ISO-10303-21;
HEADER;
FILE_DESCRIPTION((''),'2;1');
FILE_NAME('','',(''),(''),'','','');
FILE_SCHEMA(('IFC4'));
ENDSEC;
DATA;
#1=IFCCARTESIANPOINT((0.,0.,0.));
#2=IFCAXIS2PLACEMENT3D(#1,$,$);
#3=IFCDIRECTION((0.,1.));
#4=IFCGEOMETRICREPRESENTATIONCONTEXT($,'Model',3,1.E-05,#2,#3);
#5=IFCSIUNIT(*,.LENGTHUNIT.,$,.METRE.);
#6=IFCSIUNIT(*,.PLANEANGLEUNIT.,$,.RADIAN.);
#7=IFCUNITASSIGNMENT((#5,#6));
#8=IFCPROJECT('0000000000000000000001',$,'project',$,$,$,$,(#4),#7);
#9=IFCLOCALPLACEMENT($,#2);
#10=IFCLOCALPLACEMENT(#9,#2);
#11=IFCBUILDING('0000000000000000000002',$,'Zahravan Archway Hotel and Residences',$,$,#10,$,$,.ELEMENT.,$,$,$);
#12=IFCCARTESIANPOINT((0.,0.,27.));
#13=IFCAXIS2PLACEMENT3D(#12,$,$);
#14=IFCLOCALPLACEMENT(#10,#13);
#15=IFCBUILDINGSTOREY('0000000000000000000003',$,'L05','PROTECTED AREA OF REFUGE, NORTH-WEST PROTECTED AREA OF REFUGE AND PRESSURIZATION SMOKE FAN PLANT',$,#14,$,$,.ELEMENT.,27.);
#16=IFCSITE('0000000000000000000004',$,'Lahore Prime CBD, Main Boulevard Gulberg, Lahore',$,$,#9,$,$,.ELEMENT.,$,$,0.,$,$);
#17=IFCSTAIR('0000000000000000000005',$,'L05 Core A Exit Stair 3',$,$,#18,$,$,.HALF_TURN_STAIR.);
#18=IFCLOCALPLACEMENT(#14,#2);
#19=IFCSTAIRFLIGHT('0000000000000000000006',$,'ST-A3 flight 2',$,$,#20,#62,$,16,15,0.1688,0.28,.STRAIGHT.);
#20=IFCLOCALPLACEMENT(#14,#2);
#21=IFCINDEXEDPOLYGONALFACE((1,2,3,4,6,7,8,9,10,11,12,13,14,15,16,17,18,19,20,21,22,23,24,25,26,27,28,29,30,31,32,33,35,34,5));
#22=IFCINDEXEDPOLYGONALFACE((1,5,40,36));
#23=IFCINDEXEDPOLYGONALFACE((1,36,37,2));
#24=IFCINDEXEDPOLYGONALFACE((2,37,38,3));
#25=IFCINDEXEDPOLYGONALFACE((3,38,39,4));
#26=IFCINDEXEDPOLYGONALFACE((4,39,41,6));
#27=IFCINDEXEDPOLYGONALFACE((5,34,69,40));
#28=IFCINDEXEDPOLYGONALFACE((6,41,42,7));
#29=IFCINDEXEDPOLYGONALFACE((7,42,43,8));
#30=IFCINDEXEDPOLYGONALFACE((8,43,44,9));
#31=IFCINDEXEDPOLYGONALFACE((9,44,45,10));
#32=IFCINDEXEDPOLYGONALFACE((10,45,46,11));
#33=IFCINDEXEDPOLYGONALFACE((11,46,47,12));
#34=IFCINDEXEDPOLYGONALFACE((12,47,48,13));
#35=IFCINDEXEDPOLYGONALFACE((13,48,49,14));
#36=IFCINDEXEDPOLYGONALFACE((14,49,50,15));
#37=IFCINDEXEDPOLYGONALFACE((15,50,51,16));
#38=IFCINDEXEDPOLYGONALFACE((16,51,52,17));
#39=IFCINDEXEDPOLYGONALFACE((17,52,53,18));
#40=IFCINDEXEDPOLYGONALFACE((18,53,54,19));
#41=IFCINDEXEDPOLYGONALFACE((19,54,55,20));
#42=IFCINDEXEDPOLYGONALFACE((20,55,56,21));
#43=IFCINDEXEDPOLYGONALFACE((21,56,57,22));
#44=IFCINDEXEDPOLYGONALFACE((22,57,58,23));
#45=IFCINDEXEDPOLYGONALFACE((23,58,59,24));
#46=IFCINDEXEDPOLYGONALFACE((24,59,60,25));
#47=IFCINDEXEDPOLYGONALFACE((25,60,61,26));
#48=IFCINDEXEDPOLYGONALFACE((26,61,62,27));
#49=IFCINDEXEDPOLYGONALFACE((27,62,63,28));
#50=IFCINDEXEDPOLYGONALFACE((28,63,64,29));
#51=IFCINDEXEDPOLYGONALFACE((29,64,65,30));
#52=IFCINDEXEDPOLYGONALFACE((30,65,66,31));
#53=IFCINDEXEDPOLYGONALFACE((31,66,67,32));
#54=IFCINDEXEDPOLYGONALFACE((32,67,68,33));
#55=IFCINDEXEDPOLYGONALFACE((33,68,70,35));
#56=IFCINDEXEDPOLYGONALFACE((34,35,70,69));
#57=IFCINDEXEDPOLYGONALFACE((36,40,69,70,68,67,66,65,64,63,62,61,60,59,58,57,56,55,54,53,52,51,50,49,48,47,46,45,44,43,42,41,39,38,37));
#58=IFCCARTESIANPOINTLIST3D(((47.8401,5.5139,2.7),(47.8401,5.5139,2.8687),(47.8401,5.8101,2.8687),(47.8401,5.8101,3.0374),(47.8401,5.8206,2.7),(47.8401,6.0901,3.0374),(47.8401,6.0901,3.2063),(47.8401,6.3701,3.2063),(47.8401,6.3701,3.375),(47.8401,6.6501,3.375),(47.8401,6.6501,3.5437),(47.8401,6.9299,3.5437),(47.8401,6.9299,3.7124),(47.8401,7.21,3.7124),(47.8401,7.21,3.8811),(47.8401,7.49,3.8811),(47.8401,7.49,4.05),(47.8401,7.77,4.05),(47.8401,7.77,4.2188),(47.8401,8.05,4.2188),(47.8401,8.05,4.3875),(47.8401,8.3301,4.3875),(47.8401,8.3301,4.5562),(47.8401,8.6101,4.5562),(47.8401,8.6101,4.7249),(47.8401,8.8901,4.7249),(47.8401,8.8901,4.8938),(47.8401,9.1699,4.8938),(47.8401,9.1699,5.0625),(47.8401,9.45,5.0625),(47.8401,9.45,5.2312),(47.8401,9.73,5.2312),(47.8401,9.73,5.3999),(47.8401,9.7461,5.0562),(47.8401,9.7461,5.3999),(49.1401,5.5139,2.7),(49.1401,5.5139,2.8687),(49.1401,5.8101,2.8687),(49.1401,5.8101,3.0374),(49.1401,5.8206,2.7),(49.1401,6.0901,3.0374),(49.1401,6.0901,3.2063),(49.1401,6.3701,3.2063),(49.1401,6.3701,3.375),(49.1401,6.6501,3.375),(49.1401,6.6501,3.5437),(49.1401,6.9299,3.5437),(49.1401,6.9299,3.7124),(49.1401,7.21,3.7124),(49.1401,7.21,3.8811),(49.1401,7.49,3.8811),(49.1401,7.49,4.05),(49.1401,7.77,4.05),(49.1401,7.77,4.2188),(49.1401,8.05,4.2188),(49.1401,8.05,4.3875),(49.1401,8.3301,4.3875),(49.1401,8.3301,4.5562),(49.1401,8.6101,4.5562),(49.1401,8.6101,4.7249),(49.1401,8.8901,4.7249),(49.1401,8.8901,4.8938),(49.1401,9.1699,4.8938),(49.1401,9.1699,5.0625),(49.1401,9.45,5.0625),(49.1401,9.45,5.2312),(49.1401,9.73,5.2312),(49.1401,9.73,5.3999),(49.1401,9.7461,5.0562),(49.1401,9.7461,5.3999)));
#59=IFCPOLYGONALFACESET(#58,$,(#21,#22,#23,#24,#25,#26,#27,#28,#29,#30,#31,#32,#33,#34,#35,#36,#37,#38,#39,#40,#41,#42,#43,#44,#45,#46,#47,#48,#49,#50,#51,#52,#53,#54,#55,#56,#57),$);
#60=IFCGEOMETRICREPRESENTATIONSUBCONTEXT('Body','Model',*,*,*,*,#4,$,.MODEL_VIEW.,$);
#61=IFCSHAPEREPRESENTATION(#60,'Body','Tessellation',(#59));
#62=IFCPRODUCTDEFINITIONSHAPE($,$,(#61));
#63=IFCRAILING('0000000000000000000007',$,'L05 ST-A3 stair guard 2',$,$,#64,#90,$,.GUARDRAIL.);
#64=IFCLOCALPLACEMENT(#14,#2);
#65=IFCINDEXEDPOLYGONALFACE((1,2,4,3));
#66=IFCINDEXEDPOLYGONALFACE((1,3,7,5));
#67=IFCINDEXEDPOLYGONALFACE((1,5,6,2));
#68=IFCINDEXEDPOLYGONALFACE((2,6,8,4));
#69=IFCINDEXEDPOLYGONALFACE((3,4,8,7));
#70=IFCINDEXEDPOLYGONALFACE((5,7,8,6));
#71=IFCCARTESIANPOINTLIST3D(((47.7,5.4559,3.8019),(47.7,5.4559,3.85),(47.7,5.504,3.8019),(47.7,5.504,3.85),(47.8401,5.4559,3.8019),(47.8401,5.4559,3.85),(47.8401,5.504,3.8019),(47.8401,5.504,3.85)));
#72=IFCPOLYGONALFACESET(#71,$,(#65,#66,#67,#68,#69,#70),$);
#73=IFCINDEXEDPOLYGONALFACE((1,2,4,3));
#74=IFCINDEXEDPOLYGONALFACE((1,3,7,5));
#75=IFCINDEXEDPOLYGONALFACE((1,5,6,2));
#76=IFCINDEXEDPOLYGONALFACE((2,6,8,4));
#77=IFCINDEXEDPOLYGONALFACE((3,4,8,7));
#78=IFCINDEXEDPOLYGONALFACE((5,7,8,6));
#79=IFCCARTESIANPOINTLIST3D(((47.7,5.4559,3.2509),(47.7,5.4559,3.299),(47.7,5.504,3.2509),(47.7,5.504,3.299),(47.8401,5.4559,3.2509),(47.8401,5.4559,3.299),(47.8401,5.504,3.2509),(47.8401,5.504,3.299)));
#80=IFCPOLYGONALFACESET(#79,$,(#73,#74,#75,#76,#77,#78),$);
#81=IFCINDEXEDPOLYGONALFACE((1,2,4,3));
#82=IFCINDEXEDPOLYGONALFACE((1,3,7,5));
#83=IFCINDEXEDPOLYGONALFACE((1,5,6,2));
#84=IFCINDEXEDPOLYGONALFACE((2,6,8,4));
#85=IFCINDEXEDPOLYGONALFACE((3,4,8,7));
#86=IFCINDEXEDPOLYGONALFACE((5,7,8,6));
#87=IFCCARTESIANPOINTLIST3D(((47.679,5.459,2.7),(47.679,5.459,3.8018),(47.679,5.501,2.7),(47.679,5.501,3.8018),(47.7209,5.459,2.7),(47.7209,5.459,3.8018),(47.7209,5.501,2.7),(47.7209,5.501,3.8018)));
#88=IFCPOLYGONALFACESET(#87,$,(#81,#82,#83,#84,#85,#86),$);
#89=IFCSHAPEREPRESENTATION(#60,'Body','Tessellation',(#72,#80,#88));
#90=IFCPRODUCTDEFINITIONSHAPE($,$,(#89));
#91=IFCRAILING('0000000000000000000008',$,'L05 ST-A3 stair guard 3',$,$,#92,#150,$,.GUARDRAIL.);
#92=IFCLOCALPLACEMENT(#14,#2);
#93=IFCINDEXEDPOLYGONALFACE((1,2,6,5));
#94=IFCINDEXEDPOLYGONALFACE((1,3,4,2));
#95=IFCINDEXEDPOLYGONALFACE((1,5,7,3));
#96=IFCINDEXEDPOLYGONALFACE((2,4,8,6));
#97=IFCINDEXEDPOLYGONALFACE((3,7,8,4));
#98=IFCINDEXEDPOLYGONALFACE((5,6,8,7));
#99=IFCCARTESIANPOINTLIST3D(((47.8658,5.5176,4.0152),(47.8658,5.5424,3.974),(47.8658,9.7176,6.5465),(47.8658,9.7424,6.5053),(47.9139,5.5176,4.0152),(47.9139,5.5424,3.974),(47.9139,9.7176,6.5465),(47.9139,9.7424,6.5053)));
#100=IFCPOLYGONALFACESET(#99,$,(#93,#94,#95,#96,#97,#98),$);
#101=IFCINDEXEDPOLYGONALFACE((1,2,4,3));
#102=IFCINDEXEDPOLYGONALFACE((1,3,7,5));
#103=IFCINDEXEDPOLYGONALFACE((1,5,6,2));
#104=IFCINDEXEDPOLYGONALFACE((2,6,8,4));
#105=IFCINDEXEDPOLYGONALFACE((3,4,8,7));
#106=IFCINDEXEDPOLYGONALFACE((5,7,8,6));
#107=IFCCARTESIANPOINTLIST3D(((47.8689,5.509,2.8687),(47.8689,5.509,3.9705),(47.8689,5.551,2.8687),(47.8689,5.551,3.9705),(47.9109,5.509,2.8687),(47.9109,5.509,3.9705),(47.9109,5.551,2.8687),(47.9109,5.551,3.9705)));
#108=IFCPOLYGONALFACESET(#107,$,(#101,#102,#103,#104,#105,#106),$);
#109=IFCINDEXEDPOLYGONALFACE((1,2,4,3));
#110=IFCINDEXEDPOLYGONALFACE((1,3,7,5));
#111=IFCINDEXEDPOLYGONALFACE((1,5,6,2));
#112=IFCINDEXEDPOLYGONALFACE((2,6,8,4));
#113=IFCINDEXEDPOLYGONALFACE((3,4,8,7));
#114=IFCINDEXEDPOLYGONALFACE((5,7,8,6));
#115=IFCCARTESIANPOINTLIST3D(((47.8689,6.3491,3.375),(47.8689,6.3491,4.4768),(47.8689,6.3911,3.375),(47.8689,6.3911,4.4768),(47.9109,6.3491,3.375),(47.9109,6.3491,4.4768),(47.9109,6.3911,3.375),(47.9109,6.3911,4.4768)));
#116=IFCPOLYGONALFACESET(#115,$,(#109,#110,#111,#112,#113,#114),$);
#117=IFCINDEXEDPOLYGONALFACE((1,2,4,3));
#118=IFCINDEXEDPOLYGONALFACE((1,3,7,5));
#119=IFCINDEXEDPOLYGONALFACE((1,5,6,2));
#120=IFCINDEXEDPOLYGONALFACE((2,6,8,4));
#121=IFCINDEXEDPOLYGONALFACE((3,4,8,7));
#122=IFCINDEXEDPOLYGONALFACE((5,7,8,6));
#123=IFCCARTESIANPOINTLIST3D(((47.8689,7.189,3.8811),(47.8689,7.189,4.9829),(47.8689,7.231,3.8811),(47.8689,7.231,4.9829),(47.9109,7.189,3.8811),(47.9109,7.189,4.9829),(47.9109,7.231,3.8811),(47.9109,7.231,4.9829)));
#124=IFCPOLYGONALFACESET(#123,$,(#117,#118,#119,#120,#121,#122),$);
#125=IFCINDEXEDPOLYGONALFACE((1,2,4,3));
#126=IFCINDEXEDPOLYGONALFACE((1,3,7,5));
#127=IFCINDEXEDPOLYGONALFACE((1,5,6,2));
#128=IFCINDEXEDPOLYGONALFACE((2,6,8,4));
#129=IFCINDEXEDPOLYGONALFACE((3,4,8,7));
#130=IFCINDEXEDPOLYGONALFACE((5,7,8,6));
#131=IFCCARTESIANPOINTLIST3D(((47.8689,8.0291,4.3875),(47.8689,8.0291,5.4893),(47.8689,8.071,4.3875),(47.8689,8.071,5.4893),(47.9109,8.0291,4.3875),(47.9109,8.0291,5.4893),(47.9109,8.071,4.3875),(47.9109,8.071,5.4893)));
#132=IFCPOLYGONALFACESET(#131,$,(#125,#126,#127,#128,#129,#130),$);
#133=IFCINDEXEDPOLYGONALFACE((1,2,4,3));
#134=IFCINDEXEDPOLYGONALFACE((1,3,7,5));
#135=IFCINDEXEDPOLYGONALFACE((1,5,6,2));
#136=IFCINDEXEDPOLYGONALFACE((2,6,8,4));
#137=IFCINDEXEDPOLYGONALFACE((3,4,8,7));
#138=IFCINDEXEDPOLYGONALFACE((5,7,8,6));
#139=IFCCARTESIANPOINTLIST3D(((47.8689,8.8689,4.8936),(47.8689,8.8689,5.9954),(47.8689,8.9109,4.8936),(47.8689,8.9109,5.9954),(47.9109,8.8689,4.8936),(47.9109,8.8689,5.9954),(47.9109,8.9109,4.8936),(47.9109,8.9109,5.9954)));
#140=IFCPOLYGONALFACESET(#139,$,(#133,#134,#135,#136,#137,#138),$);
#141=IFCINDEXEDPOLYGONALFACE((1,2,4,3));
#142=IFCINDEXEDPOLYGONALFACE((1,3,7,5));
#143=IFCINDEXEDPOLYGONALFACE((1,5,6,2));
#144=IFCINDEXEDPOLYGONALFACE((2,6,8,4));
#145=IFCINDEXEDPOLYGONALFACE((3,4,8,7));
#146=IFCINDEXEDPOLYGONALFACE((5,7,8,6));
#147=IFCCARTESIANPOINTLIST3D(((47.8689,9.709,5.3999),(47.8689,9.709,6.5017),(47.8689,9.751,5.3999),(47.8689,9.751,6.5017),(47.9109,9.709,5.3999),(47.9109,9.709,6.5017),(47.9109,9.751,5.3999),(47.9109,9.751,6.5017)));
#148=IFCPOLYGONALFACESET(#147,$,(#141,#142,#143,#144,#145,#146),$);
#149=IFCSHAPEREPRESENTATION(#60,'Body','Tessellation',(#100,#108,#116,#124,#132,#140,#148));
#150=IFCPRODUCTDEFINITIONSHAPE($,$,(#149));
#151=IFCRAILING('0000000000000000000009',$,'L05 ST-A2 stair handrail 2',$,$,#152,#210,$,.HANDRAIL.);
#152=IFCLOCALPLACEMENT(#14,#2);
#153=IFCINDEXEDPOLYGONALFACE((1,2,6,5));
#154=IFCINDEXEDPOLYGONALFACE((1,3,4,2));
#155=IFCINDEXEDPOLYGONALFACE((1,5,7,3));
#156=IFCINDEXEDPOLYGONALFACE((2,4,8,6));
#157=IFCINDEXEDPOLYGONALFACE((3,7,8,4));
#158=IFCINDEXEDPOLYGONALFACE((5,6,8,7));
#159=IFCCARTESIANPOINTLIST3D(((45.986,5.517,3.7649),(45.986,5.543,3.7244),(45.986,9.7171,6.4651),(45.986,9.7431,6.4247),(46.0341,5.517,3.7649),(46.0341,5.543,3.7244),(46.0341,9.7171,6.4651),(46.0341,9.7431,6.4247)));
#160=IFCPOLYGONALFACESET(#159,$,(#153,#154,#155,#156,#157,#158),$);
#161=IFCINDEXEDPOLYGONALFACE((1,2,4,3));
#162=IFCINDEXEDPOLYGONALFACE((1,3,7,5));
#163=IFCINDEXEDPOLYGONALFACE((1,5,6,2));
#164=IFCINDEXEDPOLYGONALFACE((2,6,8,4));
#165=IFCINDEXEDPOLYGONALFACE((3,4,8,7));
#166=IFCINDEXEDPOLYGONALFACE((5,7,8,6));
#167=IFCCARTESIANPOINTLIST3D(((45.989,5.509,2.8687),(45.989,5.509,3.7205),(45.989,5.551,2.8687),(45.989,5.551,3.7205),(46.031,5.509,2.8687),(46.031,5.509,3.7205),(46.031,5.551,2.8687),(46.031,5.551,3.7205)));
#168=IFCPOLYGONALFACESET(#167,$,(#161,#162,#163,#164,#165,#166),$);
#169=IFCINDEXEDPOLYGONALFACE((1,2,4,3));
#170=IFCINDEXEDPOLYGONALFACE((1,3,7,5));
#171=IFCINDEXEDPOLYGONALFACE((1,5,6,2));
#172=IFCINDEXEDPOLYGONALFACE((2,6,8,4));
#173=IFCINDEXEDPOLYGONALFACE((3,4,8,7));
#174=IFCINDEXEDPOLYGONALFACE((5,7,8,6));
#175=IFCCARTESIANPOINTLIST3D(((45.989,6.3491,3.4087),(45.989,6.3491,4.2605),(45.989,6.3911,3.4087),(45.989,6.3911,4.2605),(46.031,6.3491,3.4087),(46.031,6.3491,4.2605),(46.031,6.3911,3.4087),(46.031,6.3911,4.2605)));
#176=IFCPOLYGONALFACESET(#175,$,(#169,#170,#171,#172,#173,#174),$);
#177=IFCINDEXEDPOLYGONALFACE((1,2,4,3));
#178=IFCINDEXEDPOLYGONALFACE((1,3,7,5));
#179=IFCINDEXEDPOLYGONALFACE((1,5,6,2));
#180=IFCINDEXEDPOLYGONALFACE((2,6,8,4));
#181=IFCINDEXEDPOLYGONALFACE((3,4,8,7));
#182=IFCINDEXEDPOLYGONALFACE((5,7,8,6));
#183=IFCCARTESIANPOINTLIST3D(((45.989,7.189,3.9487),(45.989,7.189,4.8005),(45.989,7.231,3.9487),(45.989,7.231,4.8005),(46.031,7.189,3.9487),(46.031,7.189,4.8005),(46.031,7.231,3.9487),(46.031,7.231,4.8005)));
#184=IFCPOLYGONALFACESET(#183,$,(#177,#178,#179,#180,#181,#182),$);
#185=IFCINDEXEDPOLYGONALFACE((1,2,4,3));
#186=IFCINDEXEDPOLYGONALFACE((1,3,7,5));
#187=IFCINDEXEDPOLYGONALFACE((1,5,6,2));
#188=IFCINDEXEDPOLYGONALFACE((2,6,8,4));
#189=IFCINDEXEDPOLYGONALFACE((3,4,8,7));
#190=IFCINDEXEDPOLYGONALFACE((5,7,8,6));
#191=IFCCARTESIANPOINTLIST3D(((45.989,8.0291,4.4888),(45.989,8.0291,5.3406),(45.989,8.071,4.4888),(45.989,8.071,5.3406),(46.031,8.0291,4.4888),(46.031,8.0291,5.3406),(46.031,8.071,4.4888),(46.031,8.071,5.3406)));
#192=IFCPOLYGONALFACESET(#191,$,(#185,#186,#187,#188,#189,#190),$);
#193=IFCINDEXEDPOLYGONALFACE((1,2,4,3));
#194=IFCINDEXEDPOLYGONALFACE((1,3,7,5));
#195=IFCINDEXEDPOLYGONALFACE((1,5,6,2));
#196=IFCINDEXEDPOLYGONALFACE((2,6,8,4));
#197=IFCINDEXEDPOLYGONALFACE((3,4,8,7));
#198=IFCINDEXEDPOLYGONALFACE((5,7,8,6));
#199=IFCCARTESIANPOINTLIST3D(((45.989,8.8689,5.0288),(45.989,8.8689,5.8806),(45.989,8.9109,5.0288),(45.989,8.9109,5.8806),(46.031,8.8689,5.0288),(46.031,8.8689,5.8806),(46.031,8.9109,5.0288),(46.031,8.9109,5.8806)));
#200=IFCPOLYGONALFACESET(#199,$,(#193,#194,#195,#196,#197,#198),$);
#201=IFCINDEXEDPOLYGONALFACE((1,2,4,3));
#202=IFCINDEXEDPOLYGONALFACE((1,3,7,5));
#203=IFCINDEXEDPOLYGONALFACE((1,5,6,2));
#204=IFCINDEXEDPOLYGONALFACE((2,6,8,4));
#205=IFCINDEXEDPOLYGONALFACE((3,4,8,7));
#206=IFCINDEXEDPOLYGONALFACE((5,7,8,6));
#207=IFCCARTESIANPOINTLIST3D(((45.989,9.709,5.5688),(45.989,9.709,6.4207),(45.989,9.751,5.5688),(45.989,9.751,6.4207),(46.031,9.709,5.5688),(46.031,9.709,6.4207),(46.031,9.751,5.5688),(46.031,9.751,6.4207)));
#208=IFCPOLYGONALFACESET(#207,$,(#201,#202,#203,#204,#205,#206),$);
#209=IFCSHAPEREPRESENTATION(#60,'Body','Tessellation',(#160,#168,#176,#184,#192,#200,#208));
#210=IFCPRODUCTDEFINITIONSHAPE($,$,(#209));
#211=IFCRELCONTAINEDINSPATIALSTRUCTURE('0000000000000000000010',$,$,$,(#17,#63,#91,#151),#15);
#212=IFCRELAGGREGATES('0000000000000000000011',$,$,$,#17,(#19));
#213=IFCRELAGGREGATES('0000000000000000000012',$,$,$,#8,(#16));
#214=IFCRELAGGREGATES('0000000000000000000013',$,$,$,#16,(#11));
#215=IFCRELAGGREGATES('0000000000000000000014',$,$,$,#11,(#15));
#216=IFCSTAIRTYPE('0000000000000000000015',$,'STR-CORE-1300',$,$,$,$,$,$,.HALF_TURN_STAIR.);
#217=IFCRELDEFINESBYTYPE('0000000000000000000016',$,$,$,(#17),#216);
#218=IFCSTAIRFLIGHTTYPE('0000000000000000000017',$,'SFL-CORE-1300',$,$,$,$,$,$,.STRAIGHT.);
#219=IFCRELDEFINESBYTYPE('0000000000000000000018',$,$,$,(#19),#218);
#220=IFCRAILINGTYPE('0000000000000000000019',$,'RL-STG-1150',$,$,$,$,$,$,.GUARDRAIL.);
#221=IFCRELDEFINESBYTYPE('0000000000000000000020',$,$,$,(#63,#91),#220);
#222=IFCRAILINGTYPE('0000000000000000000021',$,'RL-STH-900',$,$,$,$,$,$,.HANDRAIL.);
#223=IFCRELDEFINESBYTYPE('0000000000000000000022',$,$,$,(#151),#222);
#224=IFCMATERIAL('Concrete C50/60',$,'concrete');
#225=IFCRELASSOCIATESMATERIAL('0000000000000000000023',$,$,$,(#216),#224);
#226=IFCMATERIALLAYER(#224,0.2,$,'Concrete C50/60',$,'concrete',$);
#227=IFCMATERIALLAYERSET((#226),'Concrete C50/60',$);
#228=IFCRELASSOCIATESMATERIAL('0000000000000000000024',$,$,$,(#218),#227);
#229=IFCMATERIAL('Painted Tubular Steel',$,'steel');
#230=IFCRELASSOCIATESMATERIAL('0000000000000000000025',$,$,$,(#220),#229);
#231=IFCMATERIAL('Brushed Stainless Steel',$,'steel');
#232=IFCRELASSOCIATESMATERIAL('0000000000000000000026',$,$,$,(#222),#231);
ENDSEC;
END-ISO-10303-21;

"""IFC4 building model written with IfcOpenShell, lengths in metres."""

from ifc_helpers import new_model, si_unit, direction, frame, origin, origin_2d, place, context, subcontext, project, spatial, polyline, rectangle, outline, extrude, source, transform, mapped, material, layer, layer_set, type_object, element, aggregate, save


model = new_model("IFC4")

# Units and contexts
model_context = context("Model", 3, precision=1e-05, world=origin(), true_north=direction((0.0, 1.0)))
body_context = subcontext(model_context, "Body", "Model", "MODEL_VIEW")
ifc_project = project(units=[si_unit("LENGTHUNIT", "METRE"), si_unit("PLANEANGLEUNIT", "RADIAN")], contexts=[model_context])

# Site, building, storey
site_placement = place(None, origin())
site = spatial("IfcSite", under=ifc_project, at=site_placement, Name="Lahore Prime CBD, Main Boulevard Gulberg, Lahore", CompositionType="ELEMENT", RefElevation=0.0)
building_placement = place(site_placement, origin())
building = spatial("IfcBuilding", under=site, at=building_placement, Name="Zahravan Archway Hotel and Residences", CompositionType="ELEMENT")
storey_placement = place(building_placement, frame((0.0, 0.0, 27.0)))
storey = spatial("IfcBuildingStorey", under=building, at=storey_placement, Name="L05", Description="PROTECTED AREA OF REFUGE, NORTH-WEST PROTECTED AREA OF REFUGE AND PRESSURIZATION SMOKE FAN PLANT", CompositionType="ELEMENT", Elevation=27.0)

# Shared definitions
ifc_material_1 = material(Name="Concrete C50/60", Category="concrete")

# Stair, stair flight
stair_type = type_object("IfcStairType", Name="STR-CORE-1300", PredefinedType="HALF_TURN_STAIR", material=ifc_material_1)
stair_placement = place(storey_placement, origin())
stair = element("IfcStair", 1, at=stair_placement, inside=storey, type_object=stair_type, Name="L05 Core A Exit Stair 3", PredefinedType="HALF_TURN_STAIR")
ifc_layer_1 = layer(ifc_material_1, 0.2, Name="Concrete C50/60", Category="concrete")
ifc_layer_set_1 = layer_set([ifc_layer_1], Name="Concrete C50/60")
stair_flight_type = type_object("IfcStairFlightType", Name="SFL-CORE-1300", PredefinedType="STRAIGHT", material=ifc_layer_set_1)
shared_shape_1 = source(origin(), body_context, "Body", "SweptSolid", [
    extrude(outline(polyline([(-0.0161, 0.0), (-0.0161, 0.1687), (0.28, 0.1687), (0.28, 0.3374), (0.5601, 0.3374), (0.5601, 0.5063), (0.8401, 0.5063), (0.8401, 0.675), (1.1201, 0.675), (1.1201, 0.8438), (1.3999, 0.8438), (1.3999, 1.0125), (1.6799, 1.0125), (1.6799, 1.1812), (1.96, 1.1812), (1.96, 1.3501), (2.24, 1.3501), (2.24, 1.5188), (2.52, 1.5188), (2.52, 1.6875), (2.8, 1.6875), (2.8, 1.8562), (3.0801, 1.8562), (3.0801, 2.0249), (3.3601, 2.0249), (3.3601, 2.1938), (3.6399, 2.1938), (3.6399, 2.3625), (3.9199, 2.3625), (3.9199, 2.5312), (4.2, 2.5312), (4.2, 2.7), (4.2161, 2.7), (4.2161, 2.3562), (0.2905, 0.0), (-0.0161, 0.0)])), frame((0.0, 0.6499, 0.0), z_axis=(0.0, -1.0, 0.0), x_axis=(1.0, 0.0, 0.0)), (0.0, 0.0, 1.0), 1.3),
])
stair_flight_placement = place(storey_placement, frame((48.49, 5.53, 2.7), z_axis=(0.0, 0.0, 1.0), x_axis=(0.0, 1.0, 0.0)))
stair_flight = element("IfcStairFlight", 2, at=stair_flight_placement, type_object=stair_flight_type, Name="ST-A3 flight 2", NumberOfRisers=16, NumberOfTreads=15, PredefinedType="STRAIGHT", RiserHeight=0.1688, TreadLength=0.28, context=body_context, shape_type="MappedRepresentation", body=[
    mapped(shared_shape_1, transform((0.0, 0.0, 0.0), scale=1.0)),
])
aggregate(stair, [stair_flight])

# Railings
ifc_material_2 = material(Name="Painted Tubular Steel", Category="steel")
railing_type_1 = type_object("IfcRailingType", Name="RL-STG-1150", PredefinedType="GUARDRAIL", material=ifc_material_2)
railing_1_placement = place(storey_placement, frame((47.7, 5.48, 2.7)))
element("IfcRailing", 3, at=railing_1_placement, inside=storey, type_object=railing_type_1, Name="L05 ST-A3 stair guard 2", PredefinedType="GUARDRAIL", context=body_context, shape_type="SweptSolid", body=[
    extrude(rectangle(XDim=0.0481, YDim=0.0481, at=origin_2d()), frame((0.0, 0.0, 1.126), z_axis=(1.0, 0.0, 0.0), x_axis=(0.0, 1.0, 0.0)), (0.0, 0.0, 1.0), 0.1401),
    extrude(rectangle(XDim=0.0481, YDim=0.0481, at=origin_2d()), frame((0.0, 0.0, 0.575), z_axis=(1.0, 0.0, 0.0), x_axis=(0.0, 1.0, 0.0)), (0.0, 0.0, 1.0), 0.1401),
    extrude(rectangle(XDim=0.042, YDim=0.042, at=origin_2d()), origin(), (0.0, 0.0, 1.0), 1.1018),
])
railing_2_placement = place(storey_placement, frame((47.8899, 5.53, 2.8687)))
element("IfcRailing", 4, at=railing_2_placement, inside=storey, type_object=railing_type_1, Name="L05 ST-A3 stair guard 3", PredefinedType="GUARDRAIL", context=body_context, shape_type="SweptSolid", body=[
    extrude(rectangle(XDim=0.0481, YDim=0.0481, at=origin_2d()), frame((0.0, 0.0, 1.126), z_axis=(0.0, 0.856476, 0.516186), x_axis=(-1.0, 0.0, 0.0)), (0.0, 0.0, 1.0), 4.9038),
    extrude(rectangle(XDim=0.042, YDim=0.042, at=origin_2d()), origin(), (0.0, 0.0, 1.0), 1.1018),
    extrude(rectangle(XDim=0.042, YDim=0.042, at=origin_2d()), frame((0.0, 0.8401, 0.5063)), (0.0, 0.0, 1.0), 1.1018),
    extrude(rectangle(XDim=0.042, YDim=0.042, at=origin_2d()), frame((0.0, 1.6799, 1.0125)), (0.0, 0.0, 1.0), 1.1018),
    extrude(rectangle(XDim=0.042, YDim=0.042, at=origin_2d()), frame((0.0, 2.52, 1.5188)), (0.0, 0.0, 1.0), 1.1018),
    extrude(rectangle(XDim=0.042, YDim=0.042, at=origin_2d()), frame((0.0, 3.3599, 2.0249)), (0.0, 0.0, 1.0), 1.1018),
    extrude(rectangle(XDim=0.042, YDim=0.042, at=origin_2d()), frame((0.0, 4.2, 2.5312)), (0.0, 0.0, 1.0), 1.1018),
])
ifc_material_3 = material(Name="Brushed Stainless Steel", Category="steel")
railing_type_2 = type_object("IfcRailingType", Name="RL-STH-900", PredefinedType="HANDRAIL", material=ifc_material_3)
for number, where, name in (
    (5, (46.01, 5.53, 2.8687), "L05 ST-A2 stair handrail 2"),
):
    element("IfcRailing", number, at=place(storey_placement, frame(where)), inside=storey, type_object=railing_type_2, Name=name, PredefinedType="HANDRAIL", context=body_context, shape_type="SweptSolid", body=[
        extrude(rectangle(XDim=0.0481, YDim=0.0481, at=origin_2d()), frame((0.0, 0.0, 0.876), z_axis=(0.0, 0.841158, 0.54079), x_axis=(-1.0, 0.0, 0.0)), (0.0, 0.0, 1.0), 4.9932),
        extrude(rectangle(XDim=0.042, YDim=0.042, at=origin_2d()), origin(), (0.0, 0.0, 1.0), 0.8518),
        extrude(rectangle(XDim=0.042, YDim=0.042, at=origin_2d()), frame((0.0, 0.8401, 0.54)), (0.0, 0.0, 1.0), 0.8518),
        extrude(rectangle(XDim=0.042, YDim=0.042, at=origin_2d()), frame((0.0, 1.6799, 1.0801)), (0.0, 0.0, 1.0), 0.8518),
        extrude(rectangle(XDim=0.042, YDim=0.042, at=origin_2d()), frame((0.0, 2.52, 1.6201)), (0.0, 0.0, 1.0), 0.8518),
        extrude(rectangle(XDim=0.042, YDim=0.042, at=origin_2d()), frame((0.0, 3.3599, 2.1602)), (0.0, 0.0, 1.0), 0.8518),
        extrude(rectangle(XDim=0.042, YDim=0.042, at=origin_2d()), frame((0.0, 4.2, 2.7002)), (0.0, 0.0, 1.0), 0.8518),
    ])

save(model, "model.ifc")
